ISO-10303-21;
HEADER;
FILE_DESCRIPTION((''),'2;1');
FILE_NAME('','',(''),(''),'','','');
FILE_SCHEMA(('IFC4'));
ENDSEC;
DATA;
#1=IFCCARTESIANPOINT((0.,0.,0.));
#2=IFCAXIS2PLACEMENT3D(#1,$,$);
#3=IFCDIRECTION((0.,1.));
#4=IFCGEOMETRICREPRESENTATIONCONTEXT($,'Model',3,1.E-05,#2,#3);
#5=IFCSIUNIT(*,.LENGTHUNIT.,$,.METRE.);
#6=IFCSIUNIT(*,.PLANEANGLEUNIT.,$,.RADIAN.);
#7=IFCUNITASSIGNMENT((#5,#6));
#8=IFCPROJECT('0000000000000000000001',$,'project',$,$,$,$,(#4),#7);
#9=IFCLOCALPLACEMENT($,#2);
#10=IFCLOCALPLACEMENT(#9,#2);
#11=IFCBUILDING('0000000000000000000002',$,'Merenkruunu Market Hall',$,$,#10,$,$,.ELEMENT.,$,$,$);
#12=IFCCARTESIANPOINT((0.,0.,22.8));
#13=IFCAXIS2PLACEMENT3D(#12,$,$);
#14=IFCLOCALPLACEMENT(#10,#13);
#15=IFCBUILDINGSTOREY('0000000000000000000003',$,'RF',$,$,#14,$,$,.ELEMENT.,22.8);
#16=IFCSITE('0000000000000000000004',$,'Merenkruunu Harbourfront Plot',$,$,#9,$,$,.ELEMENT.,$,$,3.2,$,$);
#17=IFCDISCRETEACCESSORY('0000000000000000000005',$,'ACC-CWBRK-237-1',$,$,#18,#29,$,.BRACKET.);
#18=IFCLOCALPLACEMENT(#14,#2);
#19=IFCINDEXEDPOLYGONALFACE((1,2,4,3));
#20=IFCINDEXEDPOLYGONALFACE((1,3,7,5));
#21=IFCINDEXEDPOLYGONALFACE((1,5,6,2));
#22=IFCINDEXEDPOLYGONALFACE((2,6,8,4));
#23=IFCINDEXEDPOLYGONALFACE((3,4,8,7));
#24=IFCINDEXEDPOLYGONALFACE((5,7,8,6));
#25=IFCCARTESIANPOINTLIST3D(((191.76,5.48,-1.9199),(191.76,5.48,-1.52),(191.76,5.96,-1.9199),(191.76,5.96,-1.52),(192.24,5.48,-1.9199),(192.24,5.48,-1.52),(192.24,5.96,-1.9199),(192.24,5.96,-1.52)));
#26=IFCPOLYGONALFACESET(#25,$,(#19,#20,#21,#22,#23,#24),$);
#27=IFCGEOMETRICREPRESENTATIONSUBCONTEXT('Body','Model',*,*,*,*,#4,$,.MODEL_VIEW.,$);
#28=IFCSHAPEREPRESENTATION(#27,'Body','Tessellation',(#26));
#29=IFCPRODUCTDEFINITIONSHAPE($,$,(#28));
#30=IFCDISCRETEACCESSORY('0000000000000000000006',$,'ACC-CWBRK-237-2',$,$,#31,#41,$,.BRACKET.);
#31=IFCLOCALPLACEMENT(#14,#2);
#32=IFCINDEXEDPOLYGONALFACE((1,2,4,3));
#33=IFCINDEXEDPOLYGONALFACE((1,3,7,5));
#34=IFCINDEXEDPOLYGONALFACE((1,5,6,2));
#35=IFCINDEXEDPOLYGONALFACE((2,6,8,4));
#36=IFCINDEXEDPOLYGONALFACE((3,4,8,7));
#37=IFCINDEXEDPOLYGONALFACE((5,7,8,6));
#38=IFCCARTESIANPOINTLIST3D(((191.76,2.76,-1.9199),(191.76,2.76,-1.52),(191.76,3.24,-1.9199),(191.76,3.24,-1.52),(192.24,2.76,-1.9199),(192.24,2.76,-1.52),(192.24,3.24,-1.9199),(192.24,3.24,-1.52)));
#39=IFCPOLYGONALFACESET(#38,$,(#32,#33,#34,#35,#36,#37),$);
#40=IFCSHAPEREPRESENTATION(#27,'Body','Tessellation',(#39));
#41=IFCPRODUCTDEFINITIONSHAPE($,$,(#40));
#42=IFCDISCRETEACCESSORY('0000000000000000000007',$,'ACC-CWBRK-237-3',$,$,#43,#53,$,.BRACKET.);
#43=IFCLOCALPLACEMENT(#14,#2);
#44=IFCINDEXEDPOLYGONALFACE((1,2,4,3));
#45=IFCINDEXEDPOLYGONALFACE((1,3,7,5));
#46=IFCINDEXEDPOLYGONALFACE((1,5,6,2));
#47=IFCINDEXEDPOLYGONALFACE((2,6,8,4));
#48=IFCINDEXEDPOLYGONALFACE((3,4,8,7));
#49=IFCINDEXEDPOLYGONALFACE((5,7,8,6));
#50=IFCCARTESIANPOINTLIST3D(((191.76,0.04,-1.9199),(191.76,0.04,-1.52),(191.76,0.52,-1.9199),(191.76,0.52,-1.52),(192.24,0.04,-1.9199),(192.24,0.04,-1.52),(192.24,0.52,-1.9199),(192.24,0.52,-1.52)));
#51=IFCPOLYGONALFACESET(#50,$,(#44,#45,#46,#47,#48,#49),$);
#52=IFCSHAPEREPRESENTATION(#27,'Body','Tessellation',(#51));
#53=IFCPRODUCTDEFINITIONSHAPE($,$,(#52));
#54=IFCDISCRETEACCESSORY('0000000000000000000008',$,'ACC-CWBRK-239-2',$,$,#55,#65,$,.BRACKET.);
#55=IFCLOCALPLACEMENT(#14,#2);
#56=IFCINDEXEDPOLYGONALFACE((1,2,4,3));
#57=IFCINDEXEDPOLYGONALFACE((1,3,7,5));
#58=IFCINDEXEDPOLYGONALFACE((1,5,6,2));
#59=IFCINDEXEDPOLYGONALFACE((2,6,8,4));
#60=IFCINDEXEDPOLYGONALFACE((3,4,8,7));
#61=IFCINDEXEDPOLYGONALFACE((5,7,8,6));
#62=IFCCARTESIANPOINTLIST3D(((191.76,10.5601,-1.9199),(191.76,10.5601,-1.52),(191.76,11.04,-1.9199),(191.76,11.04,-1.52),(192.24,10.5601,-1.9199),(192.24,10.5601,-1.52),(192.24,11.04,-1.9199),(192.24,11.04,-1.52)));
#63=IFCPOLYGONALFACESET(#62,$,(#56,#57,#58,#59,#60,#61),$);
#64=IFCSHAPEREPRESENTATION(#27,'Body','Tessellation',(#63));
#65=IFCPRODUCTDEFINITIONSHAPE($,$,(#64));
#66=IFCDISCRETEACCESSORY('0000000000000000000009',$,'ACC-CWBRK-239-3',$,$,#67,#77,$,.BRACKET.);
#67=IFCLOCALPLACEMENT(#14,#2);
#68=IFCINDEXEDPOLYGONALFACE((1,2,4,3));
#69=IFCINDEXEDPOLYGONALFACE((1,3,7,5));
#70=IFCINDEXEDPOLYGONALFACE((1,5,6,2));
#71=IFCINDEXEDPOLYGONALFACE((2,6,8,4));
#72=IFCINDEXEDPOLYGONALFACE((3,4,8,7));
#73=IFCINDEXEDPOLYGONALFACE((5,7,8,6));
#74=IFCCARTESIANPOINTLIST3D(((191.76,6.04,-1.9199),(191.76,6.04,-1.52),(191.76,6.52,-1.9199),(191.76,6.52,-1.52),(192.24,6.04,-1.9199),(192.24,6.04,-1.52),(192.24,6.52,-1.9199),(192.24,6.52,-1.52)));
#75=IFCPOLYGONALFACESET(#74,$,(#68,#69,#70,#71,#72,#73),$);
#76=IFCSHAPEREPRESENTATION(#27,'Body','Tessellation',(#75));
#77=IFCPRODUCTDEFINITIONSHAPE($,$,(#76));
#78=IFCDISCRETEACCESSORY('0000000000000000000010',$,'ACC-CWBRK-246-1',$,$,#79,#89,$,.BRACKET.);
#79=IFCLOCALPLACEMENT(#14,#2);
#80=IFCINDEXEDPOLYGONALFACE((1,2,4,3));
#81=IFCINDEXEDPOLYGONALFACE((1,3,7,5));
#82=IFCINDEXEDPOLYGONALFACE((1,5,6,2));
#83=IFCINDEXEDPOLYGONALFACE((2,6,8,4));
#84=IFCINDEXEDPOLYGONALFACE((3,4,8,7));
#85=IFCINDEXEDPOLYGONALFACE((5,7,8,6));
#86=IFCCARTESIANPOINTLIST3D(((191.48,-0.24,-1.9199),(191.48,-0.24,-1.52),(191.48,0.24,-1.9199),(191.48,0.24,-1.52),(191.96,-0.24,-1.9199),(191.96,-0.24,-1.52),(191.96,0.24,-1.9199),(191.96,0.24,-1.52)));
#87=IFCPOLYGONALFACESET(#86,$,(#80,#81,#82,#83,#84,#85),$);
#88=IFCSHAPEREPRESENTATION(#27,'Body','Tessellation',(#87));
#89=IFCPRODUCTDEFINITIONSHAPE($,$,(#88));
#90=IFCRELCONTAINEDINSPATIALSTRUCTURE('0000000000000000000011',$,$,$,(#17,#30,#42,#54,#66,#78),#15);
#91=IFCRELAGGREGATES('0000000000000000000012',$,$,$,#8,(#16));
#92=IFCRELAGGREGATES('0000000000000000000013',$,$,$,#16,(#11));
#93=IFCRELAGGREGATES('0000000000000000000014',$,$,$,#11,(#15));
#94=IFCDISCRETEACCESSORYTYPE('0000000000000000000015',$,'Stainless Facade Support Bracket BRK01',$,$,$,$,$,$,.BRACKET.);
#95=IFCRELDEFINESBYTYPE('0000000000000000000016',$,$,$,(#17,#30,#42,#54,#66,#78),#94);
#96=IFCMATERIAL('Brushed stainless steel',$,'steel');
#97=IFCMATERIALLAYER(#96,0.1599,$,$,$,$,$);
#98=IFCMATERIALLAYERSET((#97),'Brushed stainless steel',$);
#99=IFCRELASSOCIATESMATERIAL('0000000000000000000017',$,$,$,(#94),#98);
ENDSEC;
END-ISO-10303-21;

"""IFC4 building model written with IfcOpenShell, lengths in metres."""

from ifc_helpers import new_model, si_unit, direction, frame, origin, origin_2d, place, context, subcontext, project, spatial, rectangle, extrude, material, layer, layer_set, type_object, element, save


model = new_model("IFC4")

# Units and contexts
model_context = context("Model", 3, precision=1e-05, world=origin(), true_north=direction((0.0, 1.0)))
body_context = subcontext(model_context, "Body", "Model", "MODEL_VIEW")
ifc_project = project(units=[si_unit("LENGTHUNIT", "METRE"), si_unit("PLANEANGLEUNIT", "RADIAN")], contexts=[model_context])

# Site, building, storey
site_placement = place(None, origin())
site = spatial("IfcSite", under=ifc_project, at=site_placement, Name="Merenkruunu Harbourfront Plot", CompositionType="ELEMENT", RefElevation=3.2)
building_placement = place(site_placement, origin())
building = spatial("IfcBuilding", under=site, at=building_placement, Name="Merenkruunu Market Hall", CompositionType="ELEMENT")
storey_placement = place(building_placement, frame((0.0, 0.0, 22.8)))
storey = spatial("IfcBuildingStorey", under=building, at=storey_placement, Name="RF", CompositionType="ELEMENT", Elevation=22.8)

# Discrete accessories
ifc_material_1 = material(Name="Brushed stainless steel", Category="steel")
ifc_layer_1 = layer(ifc_material_1, 0.1599)
ifc_layer_set_1 = layer_set([ifc_layer_1], Name="Brushed stainless steel")
discrete_accessory_type = type_object("IfcDiscreteAccessoryType", Name="Stainless Facade Support Bracket BRK01", PredefinedType="BRACKET", material=ifc_layer_set_1)
for number, where, z_axis, x_axis, name in (
    (1, (192.0, 5.72, -1.9199), (0.0, 0.0, 1.0), (1.0, 0.0, 0.0), "ACC-CWBRK-237-1"),
    (2, (192.0, 3.0, -1.9199), (0.0, 0.0, 1.0), (1.0, 0.0, 0.0), "ACC-CWBRK-237-2"),
    (3, (192.0, 0.28, -1.9199), (0.0, 0.0, 1.0), (1.0, 0.0, 0.0), "ACC-CWBRK-237-3"),
    (4, (192.0, 10.8, -1.9199), (0.0, 0.0, 1.0), (1.0, 0.0, 0.0), "ACC-CWBRK-239-2"),
    (5, (192.0, 6.28, -1.9199), (0.0, 0.0, 1.0), (1.0, 0.0, 0.0), "ACC-CWBRK-239-3"),
    (6, (191.72, 0.0, -1.9199), (0.0, 0.0, 1.0), (1.0, 0.0, 0.0), "ACC-CWBRK-246-1"),
):
    element("IfcDiscreteAccessory", number, at=place(storey_placement, frame(where, z_axis=z_axis, x_axis=x_axis)), inside=storey, type_object=discrete_accessory_type, Name=name, PredefinedType="BRACKET", context=body_context, shape_type="SweptSolid", body=[
        extrude(rectangle(XDim=0.48, YDim=0.48, at=origin_2d()), origin(), (0.0, 0.0, 1.0), 0.3999),
    ])

save(model, "model.ifc")
